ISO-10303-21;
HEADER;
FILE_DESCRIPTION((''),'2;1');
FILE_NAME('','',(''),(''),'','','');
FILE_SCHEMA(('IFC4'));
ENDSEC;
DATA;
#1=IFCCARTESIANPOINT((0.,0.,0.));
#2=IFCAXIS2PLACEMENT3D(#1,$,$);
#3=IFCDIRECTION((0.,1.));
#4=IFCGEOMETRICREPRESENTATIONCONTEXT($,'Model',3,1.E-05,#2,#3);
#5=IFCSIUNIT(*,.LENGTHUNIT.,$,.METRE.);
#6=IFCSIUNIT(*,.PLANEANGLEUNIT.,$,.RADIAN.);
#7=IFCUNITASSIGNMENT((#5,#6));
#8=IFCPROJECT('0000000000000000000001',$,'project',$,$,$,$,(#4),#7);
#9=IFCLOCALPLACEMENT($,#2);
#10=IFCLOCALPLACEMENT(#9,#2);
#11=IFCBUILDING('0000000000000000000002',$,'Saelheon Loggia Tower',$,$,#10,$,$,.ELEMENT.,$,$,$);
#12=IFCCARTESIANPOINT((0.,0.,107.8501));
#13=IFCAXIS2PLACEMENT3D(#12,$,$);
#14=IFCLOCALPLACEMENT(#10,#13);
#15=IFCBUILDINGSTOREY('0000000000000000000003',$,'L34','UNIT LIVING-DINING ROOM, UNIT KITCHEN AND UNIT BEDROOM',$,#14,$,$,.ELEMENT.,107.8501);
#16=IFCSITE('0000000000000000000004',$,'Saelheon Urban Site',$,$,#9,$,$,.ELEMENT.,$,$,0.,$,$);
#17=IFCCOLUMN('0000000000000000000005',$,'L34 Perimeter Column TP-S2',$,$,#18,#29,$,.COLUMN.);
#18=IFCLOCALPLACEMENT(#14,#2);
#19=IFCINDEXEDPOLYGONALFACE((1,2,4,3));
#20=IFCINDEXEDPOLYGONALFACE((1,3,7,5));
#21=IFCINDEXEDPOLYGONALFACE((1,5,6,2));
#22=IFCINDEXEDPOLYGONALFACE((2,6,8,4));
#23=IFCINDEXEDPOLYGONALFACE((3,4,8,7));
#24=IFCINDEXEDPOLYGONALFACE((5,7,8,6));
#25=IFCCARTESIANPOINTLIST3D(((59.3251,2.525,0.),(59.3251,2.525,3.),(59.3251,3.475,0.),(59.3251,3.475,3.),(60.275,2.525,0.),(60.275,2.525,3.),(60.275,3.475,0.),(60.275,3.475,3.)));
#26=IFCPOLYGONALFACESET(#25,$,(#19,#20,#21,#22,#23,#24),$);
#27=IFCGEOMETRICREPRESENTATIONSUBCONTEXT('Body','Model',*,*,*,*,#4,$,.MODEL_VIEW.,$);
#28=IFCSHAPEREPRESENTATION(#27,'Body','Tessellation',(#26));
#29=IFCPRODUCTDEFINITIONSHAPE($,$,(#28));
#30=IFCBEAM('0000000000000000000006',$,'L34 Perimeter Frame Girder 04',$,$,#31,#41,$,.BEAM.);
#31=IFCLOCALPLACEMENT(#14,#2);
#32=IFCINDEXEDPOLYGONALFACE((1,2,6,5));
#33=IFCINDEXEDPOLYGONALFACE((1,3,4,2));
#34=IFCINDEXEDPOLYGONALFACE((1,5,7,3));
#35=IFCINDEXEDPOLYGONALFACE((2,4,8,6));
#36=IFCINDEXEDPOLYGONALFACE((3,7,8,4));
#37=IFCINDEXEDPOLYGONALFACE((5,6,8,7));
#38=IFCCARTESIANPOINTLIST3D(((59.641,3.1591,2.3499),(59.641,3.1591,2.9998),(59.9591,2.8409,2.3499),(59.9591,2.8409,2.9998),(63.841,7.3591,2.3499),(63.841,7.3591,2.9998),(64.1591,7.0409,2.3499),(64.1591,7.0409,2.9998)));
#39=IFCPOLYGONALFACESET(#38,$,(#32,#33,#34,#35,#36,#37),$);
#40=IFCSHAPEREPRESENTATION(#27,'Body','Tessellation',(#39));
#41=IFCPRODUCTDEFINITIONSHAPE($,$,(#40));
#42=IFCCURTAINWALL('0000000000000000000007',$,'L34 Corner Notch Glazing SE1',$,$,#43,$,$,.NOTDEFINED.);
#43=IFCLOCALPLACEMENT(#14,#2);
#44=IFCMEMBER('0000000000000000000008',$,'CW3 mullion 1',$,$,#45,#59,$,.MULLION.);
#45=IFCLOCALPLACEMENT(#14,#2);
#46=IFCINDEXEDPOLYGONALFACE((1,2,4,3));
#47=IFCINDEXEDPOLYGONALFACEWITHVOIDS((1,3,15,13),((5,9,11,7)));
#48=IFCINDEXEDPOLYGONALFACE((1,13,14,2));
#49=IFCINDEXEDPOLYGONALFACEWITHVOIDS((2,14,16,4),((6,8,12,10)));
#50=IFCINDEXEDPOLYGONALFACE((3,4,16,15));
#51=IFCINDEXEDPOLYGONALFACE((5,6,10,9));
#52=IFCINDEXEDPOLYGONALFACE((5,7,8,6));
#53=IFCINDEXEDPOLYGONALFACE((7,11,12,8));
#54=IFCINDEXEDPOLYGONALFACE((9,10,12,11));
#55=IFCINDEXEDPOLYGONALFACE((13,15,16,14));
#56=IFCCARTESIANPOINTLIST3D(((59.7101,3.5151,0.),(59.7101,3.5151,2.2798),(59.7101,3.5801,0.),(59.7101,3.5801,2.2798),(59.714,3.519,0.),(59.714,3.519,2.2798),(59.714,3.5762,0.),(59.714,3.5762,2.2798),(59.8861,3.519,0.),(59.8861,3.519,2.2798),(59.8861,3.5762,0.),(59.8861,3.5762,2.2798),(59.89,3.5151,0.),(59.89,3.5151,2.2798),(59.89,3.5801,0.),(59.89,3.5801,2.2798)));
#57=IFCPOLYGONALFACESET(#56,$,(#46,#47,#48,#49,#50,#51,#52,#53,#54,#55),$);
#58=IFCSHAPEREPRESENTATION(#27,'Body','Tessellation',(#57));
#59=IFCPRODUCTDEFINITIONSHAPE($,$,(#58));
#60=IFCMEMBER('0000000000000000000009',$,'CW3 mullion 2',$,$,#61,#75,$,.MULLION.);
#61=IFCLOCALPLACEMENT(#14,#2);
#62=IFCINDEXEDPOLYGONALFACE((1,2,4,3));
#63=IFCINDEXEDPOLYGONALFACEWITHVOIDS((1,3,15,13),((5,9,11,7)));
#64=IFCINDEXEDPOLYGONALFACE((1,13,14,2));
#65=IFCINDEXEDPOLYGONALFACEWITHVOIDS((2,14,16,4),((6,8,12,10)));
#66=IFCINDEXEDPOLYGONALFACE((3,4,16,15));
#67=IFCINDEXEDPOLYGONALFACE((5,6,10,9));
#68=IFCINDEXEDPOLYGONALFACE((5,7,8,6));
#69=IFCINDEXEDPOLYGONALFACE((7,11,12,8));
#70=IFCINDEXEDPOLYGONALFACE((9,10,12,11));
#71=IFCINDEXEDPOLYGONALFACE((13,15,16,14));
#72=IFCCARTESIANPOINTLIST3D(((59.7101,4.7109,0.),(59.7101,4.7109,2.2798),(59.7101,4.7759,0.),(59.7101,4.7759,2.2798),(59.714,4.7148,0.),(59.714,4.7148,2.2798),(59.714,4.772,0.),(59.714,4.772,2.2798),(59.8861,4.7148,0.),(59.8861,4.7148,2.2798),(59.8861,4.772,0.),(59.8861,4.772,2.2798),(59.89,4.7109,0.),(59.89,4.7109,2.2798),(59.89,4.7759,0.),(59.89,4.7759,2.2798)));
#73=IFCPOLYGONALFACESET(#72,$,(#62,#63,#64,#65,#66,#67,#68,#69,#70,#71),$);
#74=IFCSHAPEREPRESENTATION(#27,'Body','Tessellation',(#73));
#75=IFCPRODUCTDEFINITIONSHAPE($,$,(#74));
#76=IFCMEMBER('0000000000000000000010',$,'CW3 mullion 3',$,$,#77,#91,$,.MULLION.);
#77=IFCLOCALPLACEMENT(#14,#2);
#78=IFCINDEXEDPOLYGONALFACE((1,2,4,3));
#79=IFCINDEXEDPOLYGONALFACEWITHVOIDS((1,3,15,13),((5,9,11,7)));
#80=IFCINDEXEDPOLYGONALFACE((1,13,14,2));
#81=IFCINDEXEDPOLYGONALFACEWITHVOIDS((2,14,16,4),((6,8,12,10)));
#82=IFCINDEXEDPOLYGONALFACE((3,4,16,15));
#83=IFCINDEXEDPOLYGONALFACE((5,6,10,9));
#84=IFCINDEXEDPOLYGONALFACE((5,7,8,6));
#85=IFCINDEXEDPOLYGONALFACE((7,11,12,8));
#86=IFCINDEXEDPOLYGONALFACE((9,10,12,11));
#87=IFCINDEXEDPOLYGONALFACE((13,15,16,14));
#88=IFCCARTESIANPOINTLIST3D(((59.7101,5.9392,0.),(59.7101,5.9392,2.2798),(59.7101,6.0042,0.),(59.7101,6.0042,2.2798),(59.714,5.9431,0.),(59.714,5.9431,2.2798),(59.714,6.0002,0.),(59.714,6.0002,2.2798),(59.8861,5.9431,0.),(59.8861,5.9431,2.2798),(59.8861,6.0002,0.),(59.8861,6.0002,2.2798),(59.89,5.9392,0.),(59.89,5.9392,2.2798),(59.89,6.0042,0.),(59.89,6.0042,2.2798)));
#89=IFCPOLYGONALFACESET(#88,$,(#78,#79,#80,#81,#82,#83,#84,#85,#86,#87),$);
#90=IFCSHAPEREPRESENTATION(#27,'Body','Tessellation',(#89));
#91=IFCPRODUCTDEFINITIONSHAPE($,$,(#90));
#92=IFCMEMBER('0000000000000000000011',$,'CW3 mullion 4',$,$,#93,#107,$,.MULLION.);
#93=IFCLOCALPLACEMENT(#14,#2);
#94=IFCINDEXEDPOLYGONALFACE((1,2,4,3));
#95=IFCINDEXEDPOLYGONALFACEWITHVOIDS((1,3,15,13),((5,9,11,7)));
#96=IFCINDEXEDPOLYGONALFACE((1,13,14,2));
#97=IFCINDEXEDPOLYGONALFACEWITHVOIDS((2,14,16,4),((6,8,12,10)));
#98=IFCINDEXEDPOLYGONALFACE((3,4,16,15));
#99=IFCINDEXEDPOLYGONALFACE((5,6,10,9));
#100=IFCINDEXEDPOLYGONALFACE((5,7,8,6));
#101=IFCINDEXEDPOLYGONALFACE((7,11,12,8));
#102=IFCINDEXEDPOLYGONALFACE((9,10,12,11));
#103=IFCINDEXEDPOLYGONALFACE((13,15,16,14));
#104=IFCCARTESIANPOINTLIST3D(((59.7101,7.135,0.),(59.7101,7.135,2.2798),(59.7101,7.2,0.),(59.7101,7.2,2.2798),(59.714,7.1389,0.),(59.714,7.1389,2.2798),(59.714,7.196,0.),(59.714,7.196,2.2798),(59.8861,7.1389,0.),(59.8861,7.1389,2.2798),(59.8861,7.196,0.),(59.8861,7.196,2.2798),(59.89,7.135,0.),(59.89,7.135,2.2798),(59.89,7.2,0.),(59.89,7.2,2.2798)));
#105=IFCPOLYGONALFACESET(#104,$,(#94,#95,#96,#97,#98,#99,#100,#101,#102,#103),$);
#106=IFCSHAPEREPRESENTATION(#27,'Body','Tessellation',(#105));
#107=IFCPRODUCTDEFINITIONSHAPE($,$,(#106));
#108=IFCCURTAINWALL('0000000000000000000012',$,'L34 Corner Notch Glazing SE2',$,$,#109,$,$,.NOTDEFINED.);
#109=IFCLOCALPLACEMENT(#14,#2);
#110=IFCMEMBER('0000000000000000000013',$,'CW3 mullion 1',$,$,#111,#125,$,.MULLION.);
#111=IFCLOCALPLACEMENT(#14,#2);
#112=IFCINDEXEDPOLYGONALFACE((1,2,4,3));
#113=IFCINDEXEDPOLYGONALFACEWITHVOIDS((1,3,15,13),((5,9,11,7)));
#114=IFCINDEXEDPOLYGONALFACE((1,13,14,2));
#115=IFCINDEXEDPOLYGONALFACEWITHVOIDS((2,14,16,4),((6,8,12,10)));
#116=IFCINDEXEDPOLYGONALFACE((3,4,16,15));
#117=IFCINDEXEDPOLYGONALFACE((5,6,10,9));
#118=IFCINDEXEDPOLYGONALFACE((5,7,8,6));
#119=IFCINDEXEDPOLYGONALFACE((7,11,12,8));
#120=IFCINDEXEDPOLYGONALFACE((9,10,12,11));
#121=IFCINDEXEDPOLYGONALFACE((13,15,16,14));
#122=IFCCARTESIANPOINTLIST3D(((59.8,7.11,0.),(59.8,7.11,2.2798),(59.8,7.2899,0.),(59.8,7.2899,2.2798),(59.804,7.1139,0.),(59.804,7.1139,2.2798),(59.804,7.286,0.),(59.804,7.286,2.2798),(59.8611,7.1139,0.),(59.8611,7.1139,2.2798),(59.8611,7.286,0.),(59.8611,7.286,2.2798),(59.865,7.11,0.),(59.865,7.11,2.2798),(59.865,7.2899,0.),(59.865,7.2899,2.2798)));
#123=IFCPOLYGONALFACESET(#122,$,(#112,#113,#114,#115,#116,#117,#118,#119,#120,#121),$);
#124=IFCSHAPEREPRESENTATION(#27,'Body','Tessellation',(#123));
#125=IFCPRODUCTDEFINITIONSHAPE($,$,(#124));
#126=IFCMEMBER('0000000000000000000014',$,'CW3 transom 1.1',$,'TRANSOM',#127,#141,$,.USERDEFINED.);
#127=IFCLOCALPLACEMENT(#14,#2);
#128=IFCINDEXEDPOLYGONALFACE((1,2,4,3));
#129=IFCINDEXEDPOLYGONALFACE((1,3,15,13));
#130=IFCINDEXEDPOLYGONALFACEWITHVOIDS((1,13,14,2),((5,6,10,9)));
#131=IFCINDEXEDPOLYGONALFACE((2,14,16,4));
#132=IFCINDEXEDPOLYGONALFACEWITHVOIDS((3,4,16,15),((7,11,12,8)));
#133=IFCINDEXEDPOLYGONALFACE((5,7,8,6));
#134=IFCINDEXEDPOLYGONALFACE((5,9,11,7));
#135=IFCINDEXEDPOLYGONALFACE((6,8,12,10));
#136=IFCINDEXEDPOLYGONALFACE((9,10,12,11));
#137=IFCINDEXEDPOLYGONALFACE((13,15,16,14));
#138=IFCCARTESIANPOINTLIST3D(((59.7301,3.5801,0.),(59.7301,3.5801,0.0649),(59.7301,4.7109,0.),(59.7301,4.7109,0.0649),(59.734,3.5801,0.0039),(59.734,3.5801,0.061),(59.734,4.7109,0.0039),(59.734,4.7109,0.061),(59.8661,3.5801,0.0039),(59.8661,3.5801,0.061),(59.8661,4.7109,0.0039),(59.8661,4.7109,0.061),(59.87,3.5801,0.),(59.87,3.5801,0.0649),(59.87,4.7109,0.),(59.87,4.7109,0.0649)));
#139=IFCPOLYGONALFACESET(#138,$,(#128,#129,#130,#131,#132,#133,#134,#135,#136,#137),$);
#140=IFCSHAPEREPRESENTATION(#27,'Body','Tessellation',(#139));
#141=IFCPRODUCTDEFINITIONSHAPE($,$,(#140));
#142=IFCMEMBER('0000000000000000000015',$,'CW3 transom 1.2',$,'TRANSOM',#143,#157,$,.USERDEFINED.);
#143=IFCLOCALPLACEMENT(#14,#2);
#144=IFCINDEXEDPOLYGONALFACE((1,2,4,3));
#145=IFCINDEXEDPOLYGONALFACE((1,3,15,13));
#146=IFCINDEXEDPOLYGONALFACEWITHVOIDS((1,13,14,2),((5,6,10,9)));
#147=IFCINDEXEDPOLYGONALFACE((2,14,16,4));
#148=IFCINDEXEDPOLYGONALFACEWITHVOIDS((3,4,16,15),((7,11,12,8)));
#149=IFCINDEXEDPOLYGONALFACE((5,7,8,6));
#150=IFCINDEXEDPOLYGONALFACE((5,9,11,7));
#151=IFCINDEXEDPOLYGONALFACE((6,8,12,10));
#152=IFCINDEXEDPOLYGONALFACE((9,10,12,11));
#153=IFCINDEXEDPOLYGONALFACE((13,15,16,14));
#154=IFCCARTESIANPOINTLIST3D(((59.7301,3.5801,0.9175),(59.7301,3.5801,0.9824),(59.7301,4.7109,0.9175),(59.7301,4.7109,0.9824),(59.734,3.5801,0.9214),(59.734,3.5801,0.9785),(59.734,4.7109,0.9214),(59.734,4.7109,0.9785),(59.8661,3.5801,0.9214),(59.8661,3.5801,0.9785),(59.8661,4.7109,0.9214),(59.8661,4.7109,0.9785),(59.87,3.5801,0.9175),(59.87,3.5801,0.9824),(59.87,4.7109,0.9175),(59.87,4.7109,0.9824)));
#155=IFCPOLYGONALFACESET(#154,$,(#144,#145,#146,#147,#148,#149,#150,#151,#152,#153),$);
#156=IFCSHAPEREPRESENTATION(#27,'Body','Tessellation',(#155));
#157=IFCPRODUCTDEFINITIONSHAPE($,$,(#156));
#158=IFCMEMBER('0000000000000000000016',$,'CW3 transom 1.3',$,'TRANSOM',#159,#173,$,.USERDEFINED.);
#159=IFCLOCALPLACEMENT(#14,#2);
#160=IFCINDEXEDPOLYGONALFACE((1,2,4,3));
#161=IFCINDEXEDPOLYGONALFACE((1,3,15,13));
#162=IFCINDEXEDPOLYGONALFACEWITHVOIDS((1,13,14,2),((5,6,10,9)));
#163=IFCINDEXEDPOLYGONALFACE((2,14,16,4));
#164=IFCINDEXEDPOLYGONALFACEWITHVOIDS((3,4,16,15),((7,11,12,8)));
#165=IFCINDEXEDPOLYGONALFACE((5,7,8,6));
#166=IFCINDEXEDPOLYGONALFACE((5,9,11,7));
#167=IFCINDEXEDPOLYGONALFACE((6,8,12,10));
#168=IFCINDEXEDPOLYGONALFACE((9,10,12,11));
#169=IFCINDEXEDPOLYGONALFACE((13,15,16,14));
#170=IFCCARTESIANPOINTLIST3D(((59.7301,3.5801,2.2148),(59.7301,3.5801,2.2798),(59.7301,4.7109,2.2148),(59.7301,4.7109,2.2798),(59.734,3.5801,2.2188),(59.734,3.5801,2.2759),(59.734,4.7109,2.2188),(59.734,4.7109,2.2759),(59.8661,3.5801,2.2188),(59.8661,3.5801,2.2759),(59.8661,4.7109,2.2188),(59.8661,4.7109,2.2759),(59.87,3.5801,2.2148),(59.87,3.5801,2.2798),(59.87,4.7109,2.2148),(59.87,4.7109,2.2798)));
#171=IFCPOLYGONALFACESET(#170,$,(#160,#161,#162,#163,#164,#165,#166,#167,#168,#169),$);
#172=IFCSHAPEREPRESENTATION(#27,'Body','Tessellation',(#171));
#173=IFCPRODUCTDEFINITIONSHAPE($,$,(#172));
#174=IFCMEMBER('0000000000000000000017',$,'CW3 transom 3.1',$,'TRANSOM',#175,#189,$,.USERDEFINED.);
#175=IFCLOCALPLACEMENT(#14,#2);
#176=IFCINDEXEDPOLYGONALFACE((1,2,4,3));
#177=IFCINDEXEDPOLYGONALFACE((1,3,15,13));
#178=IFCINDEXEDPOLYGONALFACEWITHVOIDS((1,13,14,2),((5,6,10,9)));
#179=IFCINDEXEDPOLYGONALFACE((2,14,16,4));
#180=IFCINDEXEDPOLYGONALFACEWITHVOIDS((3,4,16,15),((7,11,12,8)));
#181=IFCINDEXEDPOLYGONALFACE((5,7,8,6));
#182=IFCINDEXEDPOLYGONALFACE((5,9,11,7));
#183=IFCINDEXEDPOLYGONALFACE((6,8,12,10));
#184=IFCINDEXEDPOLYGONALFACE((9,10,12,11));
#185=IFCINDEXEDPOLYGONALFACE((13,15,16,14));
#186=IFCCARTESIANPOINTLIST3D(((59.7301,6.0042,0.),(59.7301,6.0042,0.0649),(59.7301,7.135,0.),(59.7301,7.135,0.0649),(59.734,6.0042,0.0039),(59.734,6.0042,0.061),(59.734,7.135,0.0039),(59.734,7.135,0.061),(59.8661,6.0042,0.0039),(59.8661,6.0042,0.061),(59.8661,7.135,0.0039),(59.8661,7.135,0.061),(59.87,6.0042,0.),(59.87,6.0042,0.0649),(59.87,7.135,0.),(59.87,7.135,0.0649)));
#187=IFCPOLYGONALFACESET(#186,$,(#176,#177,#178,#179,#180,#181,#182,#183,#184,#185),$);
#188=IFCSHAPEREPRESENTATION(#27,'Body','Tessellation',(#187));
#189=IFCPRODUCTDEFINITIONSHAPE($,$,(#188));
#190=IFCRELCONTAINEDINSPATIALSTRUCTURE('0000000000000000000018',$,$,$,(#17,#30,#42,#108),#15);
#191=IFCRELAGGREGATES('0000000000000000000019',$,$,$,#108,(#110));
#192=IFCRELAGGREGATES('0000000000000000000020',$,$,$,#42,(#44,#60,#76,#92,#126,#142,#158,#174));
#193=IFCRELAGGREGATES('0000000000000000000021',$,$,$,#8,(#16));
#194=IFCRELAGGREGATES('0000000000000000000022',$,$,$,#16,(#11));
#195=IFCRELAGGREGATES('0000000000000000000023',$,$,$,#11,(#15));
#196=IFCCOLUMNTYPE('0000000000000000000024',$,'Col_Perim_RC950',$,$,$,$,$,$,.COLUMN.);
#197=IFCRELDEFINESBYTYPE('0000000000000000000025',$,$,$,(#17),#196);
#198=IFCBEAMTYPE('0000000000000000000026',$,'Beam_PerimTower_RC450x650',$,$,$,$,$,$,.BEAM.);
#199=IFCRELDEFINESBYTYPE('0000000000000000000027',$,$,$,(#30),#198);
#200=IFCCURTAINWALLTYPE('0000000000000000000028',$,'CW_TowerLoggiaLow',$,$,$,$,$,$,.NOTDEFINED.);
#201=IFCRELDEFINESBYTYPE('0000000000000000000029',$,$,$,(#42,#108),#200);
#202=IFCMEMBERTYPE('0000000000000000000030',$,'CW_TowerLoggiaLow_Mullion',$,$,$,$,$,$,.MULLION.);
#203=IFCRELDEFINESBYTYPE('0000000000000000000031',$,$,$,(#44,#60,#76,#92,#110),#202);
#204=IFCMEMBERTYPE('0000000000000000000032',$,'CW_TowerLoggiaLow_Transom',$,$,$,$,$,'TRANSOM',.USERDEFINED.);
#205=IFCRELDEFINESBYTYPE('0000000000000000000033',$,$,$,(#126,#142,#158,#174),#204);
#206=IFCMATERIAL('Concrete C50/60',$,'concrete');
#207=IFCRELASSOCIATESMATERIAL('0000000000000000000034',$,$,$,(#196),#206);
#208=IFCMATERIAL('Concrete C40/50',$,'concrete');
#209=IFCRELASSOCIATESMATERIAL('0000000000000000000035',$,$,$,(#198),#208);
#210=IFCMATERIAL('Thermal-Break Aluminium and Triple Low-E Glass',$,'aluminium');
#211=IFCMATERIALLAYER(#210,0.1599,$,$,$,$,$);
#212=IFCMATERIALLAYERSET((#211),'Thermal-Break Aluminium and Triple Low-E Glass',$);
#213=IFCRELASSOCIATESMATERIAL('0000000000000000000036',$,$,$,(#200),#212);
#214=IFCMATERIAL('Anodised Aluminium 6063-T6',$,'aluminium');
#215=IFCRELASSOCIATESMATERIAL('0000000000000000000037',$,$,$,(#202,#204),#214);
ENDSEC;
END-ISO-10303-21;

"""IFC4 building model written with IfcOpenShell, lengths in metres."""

from ifc_helpers import new_model, si_unit, direction, frame, origin, origin_2d, place, context, subcontext, project, spatial, rectangle, hollow_rectangle, extrude, source, transform, mapped, material, layer, layer_set, material_profile, profile_set, type_object, element, aggregate, save


model = new_model("IFC4")

# Units and contexts
model_context = context("Model", 3, precision=1e-05, world=origin(), true_north=direction((0.0, 1.0)))
body_context = subcontext(model_context, "Body", "Model", "MODEL_VIEW")
ifc_project = project(units=[si_unit("LENGTHUNIT", "METRE"), si_unit("PLANEANGLEUNIT", "RADIAN")], contexts=[model_context])

# Site, building, storey
site_placement = place(None, origin())
site = spatial("IfcSite", under=ifc_project, at=site_placement, Name="Saelheon Urban Site", CompositionType="ELEMENT", RefElevation=0.0)
building_placement = place(site_placement, origin())
building = spatial("IfcBuilding", under=site, at=building_placement, Name="Saelheon Loggia Tower", CompositionType="ELEMENT")
storey_placement = place(building_placement, frame((0.0, 0.0, 107.8501)))
storey = spatial("IfcBuildingStorey", under=building, at=storey_placement, Name="L34", Description="UNIT LIVING-DINING ROOM, UNIT KITCHEN AND UNIT BEDROOM", CompositionType="ELEMENT", Elevation=107.8501)

# Column
ifc_material_1 = material(Name="Concrete C50/60", Category="concrete")
ifc_material_profile_1 = material_profile(ifc_material_1, rectangle(XDim=0.95, YDim=0.95, at=origin_2d()), Name="RC-950x950")
ifc_profile_set_1 = profile_set([ifc_material_profile_1], Name="Concrete C50/60")
column_type = type_object("IfcColumnType", Name="Col_Perim_RC950", PredefinedType="COLUMN", material=ifc_profile_set_1)
shared_shape_1 = source(origin(), body_context, "Body", "SweptSolid", [
    extrude(rectangle(XDim=0.95, YDim=0.95, at=origin_2d()), origin(), (0.0, 0.0, 1.0), 3.0),
])
column_placement = place(storey_placement, frame((59.8, 3.0, 0.0), z_axis=(0.0, 0.0, 1.0), x_axis=(1.0, 0.0, 0.0)))
element("IfcColumn", 1, at=column_placement, inside=storey, type_object=column_type, Name="L34 Perimeter Column TP-S2", PredefinedType="COLUMN", context=body_context, shape_type="MappedRepresentation", body=[
    mapped(shared_shape_1, transform((0.0, 0.0, 0.0), scale=1.0)),
])

# Beam
ifc_material_2 = material(Name="Concrete C40/50", Category="concrete")
ifc_material_profile_2 = material_profile(ifc_material_2, rectangle(XDim=0.45, YDim=0.6499, at=origin_2d()), Name="RC-450x650")
ifc_profile_set_2 = profile_set([ifc_material_profile_2], Name="Concrete C40/50")
beam_type = type_object("IfcBeamType", Name="Beam_PerimTower_RC450x650", PredefinedType="BEAM", material=ifc_profile_set_2)
shared_shape_2 = source(origin(), body_context, "Body", "SweptSolid", [
    extrude(rectangle(XDim=0.45, YDim=0.6499, at=origin_2d()), origin(), (0.0, 0.0, 1.0), 5.9397),
])
beam_placement = place(storey_placement, frame((59.8, 3.0, 2.6748), z_axis=(0.707107, 0.707107, 0.0), x_axis=(-0.707107, 0.707107, 0.0)))
element("IfcBeam", 2, at=beam_placement, inside=storey, type_object=beam_type, Name="L34 Perimeter Frame Girder 04", PredefinedType="BEAM", context=body_context, shape_type="MappedRepresentation", body=[
    mapped(shared_shape_2, transform((0.0, 0.0, 0.0), scale=1.0)),
])

# Curtain wall, members
ifc_material_3 = material(Name="Thermal-Break Aluminium and Triple Low-E Glass", Category="aluminium")
ifc_layer_1 = layer(ifc_material_3, 0.1599)
ifc_layer_set_1 = layer_set([ifc_layer_1], Name="Thermal-Break Aluminium and Triple Low-E Glass")
curtain_wall_type = type_object("IfcCurtainWallType", Name="CW_TowerLoggiaLow", PredefinedType="NOTDEFINED", material=ifc_layer_set_1)
curtain_wall_1_placement = place(storey_placement, origin())
curtain_wall_1 = element("IfcCurtainWall", 3, at=curtain_wall_1_placement, inside=storey, type_object=curtain_wall_type, Name="L34 Corner Notch Glazing SE1", PredefinedType="NOTDEFINED")
ifc_material_4 = material(Name="Anodised Aluminium 6063-T6", Category="aluminium")
ifc_material_profile_3 = material_profile(ifc_material_4, hollow_rectangle(XDim=0.0649, YDim=0.1799, WallThickness=0.0039, at=origin_2d()), Name="RHS-180x65x4")
ifc_profile_set_3 = profile_set([ifc_material_profile_3], Name="Anodised Aluminium 6063-T6")
member_type_1 = type_object("IfcMemberType", Name="CW_TowerLoggiaLow_Mullion", PredefinedType="MULLION", material=ifc_profile_set_3)
shared_shape_3 = source(origin(), body_context, "Body", "SweptSolid", [
    extrude(hollow_rectangle(XDim=0.0649, YDim=0.1799, WallThickness=0.0039, at=origin_2d()), origin(), (0.0, 0.0, 1.0), 2.2798),
])
member_1_placement = place(storey_placement, frame((59.8, 3.5476, 0.0), z_axis=(0.0, 0.0, 1.0), x_axis=(0.0, 1.0, 0.0)))
member_1 = element("IfcMember", 4, at=member_1_placement, type_object=member_type_1, Name="CW3 mullion 1", PredefinedType="MULLION", context=body_context, shape_type="MappedRepresentation", body=[
    mapped(shared_shape_3, transform((0.0, 0.0, 0.0), scale=1.0)),
])
member_2_placement = place(storey_placement, frame((59.8, 4.7434, 0.0), z_axis=(0.0, 0.0, 1.0), x_axis=(0.0, 1.0, 0.0)))
member_2 = element("IfcMember", 5, at=member_2_placement, type_object=member_type_1, Name="CW3 mullion 2", PredefinedType="MULLION", context=body_context, shape_type="MappedRepresentation", body=[
    mapped(shared_shape_3, transform((0.0, 0.0, 0.0), scale=1.0)),
])
member_3_placement = place(storey_placement, frame((59.8, 5.9717, 0.0), z_axis=(0.0, 0.0, 1.0), x_axis=(0.0, 1.0, 0.0)))
member_3 = element("IfcMember", 6, at=member_3_placement, type_object=member_type_1, Name="CW3 mullion 3", PredefinedType="MULLION", context=body_context, shape_type="MappedRepresentation", body=[
    mapped(shared_shape_3, transform((0.0, 0.0, 0.0), scale=1.0)),
])
member_4_placement = place(storey_placement, frame((59.8, 7.1675, 0.0), z_axis=(0.0, 0.0, 1.0), x_axis=(0.0, 1.0, 0.0)))
member_4 = element("IfcMember", 7, at=member_4_placement, type_object=member_type_1, Name="CW3 mullion 4", PredefinedType="MULLION", context=body_context, shape_type="MappedRepresentation", body=[
    mapped(shared_shape_3, transform((0.0, 0.0, 0.0), scale=1.0)),
])

# Curtain wall, member
curtain_wall_2_placement = place(storey_placement, origin())
curtain_wall_2 = element("IfcCurtainWall", 8, at=curtain_wall_2_placement, inside=storey, type_object=curtain_wall_type, Name="L34 Corner Notch Glazing SE2", PredefinedType="NOTDEFINED")
member_5_placement = place(storey_placement, frame((59.8325, 7.2, 0.0), z_axis=(0.0, 0.0, 1.0), x_axis=(1.0, 0.0, 0.0)))
member_5 = element("IfcMember", 9, at=member_5_placement, type_object=member_type_1, Name="CW3 mullion 1", PredefinedType="MULLION", context=body_context, shape_type="MappedRepresentation", body=[
    mapped(shared_shape_3, transform((0.0, 0.0, 0.0), scale=1.0)),
])

# Members
ifc_material_profile_4 = material_profile(ifc_material_4, hollow_rectangle(XDim=0.0649, YDim=0.1399, WallThickness=0.0039, at=origin_2d()), Name="RHS-140x65x4")
ifc_profile_set_4 = profile_set([ifc_material_profile_4], Name="Anodised Aluminium 6063-T6")
member_type_2 = type_object("IfcMemberType", Name="CW_TowerLoggiaLow_Transom", ElementType="TRANSOM", PredefinedType="USERDEFINED", material=ifc_profile_set_4)
shared_shape_4 = source(origin(), body_context, "Body", "SweptSolid", [
    extrude(hollow_rectangle(XDim=0.0649, YDim=0.1399, WallThickness=0.0039, at=origin_2d()), origin(), (0.0, 0.0, 1.0), 1.1309),
])
member_6_placement = place(storey_placement, frame((59.8, 3.5801, 0.0325), z_axis=(0.0, 1.0, 0.0), x_axis=(0.0, 0.0, 1.0)))
member_6 = element("IfcMember", 10, at=member_6_placement, type_object=member_type_2, Name="CW3 transom 1.1", ObjectType="TRANSOM", PredefinedType="USERDEFINED", context=body_context, shape_type="MappedRepresentation", body=[
    mapped(shared_shape_4, transform((0.0, 0.0, 0.0), scale=1.0)),
])
member_7_placement = place(storey_placement, frame((59.8, 3.5801, 0.95), z_axis=(0.0, 1.0, 0.0), x_axis=(0.0, 0.0, 1.0)))
member_7 = element("IfcMember", 11, at=member_7_placement, type_object=member_type_2, Name="CW3 transom 1.2", ObjectType="TRANSOM", PredefinedType="USERDEFINED", context=body_context, shape_type="MappedRepresentation", body=[
    mapped(shared_shape_4, transform((0.0, 0.0, 0.0), scale=1.0)),
])
member_8_placement = place(storey_placement, frame((59.8, 3.5801, 2.2473), z_axis=(0.0, 1.0, 0.0), x_axis=(0.0, 0.0, 1.0)))
member_8 = element("IfcMember", 12, at=member_8_placement, type_object=member_type_2, Name="CW3 transom 1.3", ObjectType="TRANSOM", PredefinedType="USERDEFINED", context=body_context, shape_type="MappedRepresentation", body=[
    mapped(shared_shape_4, transform((0.0, 0.0, 0.0), scale=1.0)),
])
member_9_placement = place(storey_placement, frame((59.8, 6.0042, 0.0325), z_axis=(0.0, 1.0, 0.0), x_axis=(0.0, 0.0, 1.0)))
member_9 = element("IfcMember", 13, at=member_9_placement, type_object=member_type_2, Name="CW3 transom 3.1", ObjectType="TRANSOM", PredefinedType="USERDEFINED", context=body_context, shape_type="MappedRepresentation", body=[
    mapped(shared_shape_4, transform((0.0, 0.0, 0.0), scale=1.0)),
])
aggregate(curtain_wall_2, [member_5])

aggregate(curtain_wall_1, [member_1, member_2, member_3, member_4, member_6, member_7, member_8, member_9])

save(model, "model.ifc")
